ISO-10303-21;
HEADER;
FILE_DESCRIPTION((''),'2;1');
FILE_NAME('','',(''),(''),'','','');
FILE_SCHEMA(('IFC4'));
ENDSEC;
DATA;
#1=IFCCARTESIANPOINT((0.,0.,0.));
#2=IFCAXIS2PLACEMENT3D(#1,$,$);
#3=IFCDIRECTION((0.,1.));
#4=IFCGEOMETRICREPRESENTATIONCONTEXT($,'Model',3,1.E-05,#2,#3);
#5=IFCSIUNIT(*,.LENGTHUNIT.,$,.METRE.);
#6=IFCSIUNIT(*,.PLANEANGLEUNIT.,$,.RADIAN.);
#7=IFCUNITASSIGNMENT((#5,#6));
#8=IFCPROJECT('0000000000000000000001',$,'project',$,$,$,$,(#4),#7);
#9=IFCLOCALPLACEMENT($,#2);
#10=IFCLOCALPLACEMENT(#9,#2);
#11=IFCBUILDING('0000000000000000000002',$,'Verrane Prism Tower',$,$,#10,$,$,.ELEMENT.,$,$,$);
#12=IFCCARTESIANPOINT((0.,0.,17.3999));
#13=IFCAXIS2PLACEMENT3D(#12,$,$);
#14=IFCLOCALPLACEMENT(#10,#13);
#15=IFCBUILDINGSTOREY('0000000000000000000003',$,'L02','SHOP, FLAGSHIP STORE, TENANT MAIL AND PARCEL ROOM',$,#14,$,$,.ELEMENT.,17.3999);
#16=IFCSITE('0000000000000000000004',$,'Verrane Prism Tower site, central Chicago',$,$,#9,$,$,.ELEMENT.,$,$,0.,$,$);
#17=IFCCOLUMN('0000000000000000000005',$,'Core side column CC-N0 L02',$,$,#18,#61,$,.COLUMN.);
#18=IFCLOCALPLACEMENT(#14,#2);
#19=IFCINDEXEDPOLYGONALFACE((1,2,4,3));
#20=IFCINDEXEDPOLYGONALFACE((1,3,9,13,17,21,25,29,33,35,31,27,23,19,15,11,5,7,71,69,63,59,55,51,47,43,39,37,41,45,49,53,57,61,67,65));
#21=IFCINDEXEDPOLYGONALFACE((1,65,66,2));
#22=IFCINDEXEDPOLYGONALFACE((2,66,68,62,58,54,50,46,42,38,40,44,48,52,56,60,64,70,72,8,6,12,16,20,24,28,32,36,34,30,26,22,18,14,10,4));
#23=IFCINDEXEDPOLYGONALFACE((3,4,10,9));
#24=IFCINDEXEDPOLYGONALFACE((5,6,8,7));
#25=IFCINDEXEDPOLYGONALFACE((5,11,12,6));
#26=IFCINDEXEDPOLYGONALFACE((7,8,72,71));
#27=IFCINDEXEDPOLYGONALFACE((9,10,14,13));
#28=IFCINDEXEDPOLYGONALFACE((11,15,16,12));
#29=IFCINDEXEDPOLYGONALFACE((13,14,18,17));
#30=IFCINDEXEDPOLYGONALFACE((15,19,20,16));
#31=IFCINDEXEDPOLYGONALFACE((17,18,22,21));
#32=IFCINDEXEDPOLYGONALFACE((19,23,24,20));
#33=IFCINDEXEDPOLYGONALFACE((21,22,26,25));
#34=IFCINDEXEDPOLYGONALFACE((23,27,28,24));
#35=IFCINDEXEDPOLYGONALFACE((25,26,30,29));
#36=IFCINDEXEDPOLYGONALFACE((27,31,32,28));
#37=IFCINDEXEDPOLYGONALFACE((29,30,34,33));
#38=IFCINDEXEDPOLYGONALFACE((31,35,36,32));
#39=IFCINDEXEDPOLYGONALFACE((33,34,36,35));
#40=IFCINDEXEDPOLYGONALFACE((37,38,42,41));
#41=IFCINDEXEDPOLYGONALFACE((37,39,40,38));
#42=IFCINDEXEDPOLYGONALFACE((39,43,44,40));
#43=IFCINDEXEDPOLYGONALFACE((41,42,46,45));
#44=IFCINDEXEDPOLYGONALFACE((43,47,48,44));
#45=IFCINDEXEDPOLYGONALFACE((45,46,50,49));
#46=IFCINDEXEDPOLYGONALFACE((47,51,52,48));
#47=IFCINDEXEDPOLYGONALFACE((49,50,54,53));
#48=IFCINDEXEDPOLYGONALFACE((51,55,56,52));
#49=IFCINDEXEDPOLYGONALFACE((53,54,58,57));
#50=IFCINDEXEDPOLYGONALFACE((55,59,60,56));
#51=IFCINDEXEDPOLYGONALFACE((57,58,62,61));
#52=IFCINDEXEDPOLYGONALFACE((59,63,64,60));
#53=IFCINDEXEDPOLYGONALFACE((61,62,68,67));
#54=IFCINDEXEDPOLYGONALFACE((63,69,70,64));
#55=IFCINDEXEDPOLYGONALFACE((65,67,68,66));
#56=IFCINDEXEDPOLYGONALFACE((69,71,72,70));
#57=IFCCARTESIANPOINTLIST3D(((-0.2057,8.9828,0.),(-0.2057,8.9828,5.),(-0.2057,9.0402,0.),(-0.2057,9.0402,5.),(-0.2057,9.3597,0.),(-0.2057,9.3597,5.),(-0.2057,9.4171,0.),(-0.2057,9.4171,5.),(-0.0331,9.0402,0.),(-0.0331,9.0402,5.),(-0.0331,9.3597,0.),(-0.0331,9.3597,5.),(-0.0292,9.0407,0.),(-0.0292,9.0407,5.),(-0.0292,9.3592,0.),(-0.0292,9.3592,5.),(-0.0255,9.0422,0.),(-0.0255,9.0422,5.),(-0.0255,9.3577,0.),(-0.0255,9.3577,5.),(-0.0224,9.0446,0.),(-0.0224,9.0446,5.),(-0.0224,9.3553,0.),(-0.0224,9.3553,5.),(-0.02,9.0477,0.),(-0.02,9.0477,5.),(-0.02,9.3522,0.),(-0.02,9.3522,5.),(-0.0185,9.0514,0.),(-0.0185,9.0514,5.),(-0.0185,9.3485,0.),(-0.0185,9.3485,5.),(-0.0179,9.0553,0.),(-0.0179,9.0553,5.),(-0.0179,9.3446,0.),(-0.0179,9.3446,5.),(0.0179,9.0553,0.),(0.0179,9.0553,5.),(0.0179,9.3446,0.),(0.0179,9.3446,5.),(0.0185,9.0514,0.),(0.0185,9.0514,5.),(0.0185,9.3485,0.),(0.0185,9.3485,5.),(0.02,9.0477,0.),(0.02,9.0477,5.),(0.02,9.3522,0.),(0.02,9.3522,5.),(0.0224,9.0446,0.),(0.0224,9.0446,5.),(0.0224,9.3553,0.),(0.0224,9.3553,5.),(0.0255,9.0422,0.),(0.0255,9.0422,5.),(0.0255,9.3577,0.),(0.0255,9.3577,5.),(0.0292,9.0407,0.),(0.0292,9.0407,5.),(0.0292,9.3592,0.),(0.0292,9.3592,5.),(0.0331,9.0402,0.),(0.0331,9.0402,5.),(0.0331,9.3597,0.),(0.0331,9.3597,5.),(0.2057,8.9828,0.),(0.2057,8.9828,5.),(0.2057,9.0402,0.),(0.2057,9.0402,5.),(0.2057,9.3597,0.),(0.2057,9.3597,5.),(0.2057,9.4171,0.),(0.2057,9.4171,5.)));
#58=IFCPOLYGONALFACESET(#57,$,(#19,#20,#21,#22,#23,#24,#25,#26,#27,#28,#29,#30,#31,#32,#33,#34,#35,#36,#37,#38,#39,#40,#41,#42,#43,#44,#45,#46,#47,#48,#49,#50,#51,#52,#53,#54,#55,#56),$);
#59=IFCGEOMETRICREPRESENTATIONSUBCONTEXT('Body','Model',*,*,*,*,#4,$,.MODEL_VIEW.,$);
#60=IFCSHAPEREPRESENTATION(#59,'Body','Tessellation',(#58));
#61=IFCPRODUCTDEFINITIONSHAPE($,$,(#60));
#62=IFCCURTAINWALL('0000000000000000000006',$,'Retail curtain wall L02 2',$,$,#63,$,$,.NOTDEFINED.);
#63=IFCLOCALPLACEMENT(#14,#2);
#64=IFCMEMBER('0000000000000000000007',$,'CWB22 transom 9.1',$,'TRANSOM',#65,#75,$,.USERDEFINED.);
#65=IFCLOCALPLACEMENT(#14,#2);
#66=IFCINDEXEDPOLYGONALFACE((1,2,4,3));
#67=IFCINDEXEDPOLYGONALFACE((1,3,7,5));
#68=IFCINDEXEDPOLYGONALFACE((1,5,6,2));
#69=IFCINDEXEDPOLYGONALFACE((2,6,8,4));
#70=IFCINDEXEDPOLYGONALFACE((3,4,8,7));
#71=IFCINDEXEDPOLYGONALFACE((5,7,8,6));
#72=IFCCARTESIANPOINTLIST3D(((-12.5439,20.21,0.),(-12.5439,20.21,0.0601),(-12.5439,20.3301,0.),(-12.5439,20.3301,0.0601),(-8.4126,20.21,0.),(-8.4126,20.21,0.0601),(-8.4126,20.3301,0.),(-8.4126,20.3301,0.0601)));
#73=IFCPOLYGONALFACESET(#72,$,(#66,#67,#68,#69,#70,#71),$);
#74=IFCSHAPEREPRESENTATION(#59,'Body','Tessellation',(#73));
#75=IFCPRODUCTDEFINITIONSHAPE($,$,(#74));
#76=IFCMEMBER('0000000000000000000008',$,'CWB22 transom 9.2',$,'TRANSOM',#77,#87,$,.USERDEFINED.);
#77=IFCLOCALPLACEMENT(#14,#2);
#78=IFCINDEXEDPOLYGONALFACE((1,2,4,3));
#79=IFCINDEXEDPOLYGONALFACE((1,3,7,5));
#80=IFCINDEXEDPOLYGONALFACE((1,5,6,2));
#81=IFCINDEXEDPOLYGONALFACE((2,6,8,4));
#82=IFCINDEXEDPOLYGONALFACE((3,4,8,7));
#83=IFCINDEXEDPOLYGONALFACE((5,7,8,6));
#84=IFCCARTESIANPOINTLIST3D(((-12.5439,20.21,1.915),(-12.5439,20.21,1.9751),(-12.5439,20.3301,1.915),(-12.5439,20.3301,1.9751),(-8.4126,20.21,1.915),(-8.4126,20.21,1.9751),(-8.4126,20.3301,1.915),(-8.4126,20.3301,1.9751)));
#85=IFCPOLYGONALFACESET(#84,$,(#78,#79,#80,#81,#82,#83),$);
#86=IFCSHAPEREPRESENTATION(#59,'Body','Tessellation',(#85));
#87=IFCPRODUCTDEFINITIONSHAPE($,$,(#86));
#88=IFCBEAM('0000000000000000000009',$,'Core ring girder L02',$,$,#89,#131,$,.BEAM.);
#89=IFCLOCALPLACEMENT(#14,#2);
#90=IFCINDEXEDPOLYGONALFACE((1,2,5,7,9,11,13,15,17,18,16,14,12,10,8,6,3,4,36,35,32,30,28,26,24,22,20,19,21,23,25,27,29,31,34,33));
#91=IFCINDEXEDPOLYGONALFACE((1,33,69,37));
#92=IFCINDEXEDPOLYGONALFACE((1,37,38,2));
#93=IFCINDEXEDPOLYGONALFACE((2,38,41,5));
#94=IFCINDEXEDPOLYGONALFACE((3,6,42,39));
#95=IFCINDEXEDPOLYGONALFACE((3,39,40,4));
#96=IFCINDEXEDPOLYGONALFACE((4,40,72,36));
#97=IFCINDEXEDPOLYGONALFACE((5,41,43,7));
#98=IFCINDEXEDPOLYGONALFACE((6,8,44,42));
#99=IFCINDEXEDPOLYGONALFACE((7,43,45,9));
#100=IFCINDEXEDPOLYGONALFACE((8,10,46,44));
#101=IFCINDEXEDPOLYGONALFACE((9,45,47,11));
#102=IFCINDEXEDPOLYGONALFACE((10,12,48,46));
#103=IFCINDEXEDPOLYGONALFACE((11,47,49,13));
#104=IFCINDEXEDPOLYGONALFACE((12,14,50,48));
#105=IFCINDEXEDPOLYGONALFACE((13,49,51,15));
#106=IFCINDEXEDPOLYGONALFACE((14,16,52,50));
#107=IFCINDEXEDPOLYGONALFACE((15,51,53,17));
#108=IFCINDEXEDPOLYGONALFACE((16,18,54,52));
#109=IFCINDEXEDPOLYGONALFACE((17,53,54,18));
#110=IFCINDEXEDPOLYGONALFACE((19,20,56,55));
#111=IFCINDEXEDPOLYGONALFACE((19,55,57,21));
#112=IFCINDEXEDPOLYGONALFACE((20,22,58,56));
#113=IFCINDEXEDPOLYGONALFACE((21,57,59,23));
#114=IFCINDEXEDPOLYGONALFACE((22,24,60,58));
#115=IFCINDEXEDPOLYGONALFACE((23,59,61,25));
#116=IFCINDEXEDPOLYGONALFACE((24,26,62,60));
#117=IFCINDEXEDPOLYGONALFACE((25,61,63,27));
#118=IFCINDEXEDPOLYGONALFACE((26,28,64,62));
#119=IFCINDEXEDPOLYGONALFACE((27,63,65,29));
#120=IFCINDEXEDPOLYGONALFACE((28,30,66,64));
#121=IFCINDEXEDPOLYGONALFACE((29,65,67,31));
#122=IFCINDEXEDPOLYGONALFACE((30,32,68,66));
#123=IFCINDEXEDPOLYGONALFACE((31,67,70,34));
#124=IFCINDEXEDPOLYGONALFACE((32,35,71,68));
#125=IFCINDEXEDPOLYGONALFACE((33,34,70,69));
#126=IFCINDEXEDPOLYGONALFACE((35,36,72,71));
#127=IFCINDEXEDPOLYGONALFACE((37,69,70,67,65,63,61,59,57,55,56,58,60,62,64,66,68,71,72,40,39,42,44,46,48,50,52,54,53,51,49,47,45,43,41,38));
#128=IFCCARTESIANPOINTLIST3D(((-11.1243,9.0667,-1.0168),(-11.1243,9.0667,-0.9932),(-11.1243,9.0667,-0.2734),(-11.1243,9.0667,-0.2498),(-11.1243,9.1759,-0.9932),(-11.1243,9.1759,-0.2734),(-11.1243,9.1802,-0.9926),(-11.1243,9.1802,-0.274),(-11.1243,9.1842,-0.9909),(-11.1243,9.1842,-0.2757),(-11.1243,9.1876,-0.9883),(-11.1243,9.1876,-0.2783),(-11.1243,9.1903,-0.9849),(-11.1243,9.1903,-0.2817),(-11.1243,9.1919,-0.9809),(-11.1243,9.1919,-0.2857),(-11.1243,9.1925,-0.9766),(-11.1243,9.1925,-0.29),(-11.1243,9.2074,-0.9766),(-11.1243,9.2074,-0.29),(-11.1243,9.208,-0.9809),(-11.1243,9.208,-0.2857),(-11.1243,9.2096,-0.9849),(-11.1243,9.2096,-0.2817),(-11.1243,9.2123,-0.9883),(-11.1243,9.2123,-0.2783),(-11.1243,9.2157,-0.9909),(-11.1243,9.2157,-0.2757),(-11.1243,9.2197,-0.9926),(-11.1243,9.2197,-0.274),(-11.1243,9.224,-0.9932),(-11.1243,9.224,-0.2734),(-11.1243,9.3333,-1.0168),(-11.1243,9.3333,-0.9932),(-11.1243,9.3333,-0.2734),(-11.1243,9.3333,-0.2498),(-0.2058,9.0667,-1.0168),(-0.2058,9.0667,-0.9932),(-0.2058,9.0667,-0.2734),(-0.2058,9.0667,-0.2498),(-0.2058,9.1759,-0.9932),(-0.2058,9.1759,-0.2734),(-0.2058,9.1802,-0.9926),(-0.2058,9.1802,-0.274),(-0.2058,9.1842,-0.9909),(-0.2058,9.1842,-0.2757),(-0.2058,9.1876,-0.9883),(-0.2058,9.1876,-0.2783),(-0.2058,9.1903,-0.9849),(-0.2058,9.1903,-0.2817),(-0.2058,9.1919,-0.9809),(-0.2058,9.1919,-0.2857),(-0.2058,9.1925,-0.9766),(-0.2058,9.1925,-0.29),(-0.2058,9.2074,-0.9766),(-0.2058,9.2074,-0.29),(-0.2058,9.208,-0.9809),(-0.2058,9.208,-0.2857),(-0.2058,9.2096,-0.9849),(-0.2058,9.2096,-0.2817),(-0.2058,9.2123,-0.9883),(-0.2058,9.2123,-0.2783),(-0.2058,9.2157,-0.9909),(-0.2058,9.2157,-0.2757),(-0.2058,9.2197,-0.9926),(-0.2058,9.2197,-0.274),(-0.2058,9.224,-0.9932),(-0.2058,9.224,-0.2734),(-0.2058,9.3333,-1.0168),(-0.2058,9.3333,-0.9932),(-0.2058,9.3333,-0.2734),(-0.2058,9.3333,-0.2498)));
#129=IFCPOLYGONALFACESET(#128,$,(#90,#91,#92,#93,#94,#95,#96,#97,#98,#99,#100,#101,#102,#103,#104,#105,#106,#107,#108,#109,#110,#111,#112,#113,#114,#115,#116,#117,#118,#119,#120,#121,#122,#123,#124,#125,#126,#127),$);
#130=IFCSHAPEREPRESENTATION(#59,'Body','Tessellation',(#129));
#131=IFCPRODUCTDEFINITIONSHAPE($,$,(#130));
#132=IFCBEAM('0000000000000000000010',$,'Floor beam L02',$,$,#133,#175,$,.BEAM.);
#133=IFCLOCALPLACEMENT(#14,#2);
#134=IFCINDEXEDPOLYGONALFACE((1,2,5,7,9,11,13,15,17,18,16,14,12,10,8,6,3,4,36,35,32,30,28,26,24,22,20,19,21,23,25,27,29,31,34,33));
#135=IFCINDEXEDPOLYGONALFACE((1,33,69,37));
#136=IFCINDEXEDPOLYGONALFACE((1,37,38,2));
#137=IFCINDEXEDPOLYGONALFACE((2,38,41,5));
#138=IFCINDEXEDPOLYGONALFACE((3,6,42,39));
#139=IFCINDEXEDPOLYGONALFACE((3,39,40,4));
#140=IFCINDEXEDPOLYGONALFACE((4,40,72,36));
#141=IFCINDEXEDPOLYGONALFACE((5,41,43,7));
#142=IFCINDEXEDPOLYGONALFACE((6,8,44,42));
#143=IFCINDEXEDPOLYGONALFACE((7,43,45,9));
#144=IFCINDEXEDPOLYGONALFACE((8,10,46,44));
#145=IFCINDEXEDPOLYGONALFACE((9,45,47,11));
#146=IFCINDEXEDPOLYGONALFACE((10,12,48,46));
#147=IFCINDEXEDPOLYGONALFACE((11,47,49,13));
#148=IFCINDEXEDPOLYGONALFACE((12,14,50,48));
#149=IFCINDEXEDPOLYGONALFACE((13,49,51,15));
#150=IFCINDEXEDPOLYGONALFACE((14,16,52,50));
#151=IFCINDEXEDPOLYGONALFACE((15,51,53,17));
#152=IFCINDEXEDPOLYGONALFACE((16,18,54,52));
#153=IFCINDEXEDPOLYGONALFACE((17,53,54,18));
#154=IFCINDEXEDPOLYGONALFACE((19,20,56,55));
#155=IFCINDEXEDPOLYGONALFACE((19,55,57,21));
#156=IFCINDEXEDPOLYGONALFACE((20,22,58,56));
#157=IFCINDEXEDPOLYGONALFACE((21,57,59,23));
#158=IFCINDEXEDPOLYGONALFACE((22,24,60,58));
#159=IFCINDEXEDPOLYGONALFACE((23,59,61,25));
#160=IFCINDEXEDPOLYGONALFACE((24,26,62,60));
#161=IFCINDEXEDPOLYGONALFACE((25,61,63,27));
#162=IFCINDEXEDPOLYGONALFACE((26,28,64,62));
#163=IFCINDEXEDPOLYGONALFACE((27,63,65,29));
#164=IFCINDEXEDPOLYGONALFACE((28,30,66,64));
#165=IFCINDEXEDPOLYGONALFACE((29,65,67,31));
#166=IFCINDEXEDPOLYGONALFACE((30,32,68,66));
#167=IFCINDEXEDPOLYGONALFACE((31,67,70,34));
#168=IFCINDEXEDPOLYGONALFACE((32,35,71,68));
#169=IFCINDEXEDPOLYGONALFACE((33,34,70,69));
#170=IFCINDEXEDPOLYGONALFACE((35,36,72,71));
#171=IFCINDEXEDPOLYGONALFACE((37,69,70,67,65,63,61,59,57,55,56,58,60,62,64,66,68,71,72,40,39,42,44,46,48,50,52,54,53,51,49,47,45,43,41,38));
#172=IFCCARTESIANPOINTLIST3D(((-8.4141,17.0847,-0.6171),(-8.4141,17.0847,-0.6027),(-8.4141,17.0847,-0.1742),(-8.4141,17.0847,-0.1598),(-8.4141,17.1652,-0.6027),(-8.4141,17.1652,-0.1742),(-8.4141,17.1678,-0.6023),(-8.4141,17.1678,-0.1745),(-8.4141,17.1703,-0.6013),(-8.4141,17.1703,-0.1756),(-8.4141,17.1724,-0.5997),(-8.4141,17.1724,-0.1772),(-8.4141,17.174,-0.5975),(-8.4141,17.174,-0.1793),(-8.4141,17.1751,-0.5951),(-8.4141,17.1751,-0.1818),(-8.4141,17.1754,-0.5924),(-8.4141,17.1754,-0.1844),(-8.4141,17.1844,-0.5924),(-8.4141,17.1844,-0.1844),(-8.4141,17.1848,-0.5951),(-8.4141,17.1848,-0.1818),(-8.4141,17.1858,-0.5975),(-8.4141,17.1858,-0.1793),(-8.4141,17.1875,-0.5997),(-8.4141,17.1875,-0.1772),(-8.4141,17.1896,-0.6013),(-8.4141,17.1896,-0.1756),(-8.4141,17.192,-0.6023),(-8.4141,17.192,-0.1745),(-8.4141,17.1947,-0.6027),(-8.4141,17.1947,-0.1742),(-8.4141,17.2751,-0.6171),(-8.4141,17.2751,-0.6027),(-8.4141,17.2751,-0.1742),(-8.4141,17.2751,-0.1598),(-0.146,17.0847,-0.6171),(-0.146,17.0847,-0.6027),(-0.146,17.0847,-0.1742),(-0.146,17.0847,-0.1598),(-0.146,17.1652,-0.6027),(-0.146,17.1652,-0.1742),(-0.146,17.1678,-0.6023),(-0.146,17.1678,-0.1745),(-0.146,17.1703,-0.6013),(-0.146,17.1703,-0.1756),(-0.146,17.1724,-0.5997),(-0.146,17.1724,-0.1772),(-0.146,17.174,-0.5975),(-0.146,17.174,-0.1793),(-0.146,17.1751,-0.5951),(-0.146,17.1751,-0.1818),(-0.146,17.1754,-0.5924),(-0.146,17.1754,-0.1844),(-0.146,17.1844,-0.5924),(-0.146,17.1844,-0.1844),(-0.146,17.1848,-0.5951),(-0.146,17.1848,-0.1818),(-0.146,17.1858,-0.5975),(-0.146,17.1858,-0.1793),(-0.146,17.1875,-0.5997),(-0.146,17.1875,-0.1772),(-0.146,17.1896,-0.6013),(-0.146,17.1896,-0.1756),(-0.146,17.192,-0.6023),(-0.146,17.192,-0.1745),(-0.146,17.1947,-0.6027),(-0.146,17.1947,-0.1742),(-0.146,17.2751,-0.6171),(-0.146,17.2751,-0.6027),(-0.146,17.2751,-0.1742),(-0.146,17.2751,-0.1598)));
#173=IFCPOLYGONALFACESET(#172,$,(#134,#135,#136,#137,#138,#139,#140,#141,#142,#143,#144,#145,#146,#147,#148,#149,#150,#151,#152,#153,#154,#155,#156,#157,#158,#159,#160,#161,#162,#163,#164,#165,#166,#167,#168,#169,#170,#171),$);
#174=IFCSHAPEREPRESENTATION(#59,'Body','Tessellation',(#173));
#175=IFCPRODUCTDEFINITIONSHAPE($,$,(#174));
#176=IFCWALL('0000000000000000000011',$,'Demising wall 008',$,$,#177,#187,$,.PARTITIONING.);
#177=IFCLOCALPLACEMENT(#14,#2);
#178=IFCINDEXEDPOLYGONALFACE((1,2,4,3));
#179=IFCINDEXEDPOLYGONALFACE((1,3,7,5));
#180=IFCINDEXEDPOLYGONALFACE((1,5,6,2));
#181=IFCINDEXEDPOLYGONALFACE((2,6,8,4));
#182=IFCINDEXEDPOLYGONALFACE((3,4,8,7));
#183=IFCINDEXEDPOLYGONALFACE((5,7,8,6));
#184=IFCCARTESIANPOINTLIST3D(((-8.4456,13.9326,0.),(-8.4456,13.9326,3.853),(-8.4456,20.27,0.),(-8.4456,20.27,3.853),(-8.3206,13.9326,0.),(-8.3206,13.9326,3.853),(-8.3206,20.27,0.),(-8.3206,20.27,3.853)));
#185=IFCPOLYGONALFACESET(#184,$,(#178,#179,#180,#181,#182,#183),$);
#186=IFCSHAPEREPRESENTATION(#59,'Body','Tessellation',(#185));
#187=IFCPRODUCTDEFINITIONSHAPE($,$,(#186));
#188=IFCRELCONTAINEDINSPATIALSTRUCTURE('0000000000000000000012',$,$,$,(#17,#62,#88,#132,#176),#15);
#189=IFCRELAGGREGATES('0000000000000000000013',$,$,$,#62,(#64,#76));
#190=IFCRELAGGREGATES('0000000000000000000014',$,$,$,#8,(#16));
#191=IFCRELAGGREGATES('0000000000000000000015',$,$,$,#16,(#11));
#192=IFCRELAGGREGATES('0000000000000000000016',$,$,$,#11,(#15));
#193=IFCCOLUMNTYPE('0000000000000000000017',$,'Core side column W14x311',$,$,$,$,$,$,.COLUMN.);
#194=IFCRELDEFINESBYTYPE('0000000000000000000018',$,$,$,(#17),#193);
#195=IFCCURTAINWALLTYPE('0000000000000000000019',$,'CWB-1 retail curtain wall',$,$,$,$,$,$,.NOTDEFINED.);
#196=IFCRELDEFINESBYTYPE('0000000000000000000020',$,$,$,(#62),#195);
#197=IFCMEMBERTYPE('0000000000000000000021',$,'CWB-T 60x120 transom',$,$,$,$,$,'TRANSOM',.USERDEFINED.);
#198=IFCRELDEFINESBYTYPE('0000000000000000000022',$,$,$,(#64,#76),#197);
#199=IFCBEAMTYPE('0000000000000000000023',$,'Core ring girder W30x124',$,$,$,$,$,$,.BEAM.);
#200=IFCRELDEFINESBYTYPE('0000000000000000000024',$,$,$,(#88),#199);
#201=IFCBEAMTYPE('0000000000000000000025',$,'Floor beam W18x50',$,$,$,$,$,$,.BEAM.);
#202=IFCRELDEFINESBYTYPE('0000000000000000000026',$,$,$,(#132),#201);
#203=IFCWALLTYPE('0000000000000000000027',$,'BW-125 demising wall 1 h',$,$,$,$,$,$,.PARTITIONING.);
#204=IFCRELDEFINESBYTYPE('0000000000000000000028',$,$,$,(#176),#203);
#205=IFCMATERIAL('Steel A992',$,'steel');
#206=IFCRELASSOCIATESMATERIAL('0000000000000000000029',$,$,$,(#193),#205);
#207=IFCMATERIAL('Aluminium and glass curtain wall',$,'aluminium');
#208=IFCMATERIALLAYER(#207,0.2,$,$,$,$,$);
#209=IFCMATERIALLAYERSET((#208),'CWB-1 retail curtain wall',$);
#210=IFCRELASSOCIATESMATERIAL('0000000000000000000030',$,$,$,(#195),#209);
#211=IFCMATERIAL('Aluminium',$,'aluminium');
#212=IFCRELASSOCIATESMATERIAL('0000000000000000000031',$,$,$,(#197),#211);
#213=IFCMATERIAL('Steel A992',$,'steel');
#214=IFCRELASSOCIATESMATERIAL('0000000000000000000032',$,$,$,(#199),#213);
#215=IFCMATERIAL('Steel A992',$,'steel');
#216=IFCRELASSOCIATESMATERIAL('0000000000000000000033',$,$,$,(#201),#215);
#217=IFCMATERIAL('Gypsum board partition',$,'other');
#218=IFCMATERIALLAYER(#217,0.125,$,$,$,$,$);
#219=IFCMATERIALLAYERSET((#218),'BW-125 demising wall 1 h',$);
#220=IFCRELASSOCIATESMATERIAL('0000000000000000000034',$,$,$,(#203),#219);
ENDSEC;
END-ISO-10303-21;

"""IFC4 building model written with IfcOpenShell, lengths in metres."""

from ifc_helpers import new_model, si_unit, direction, frame, frame_2d, origin, origin_2d, place, context, subcontext, project, spatial, rectangle, i_section, extrude, material, layer, layer_set, material_profile, profile_set, type_object, element, aggregate, save


model = new_model("IFC4")

# Units and contexts
model_context = context("Model", 3, precision=1e-05, world=origin(), true_north=direction((0.0, 1.0)))
body_context = subcontext(model_context, "Body", "Model", "MODEL_VIEW")
ifc_project = project(units=[si_unit("LENGTHUNIT", "METRE"), si_unit("PLANEANGLEUNIT", "RADIAN")], contexts=[model_context])

# Site, building, storey
site_placement = place(None, origin())
site = spatial("IfcSite", under=ifc_project, at=site_placement, Name="Verrane Prism Tower site, central Chicago", CompositionType="ELEMENT", RefElevation=0.0)
building_placement = place(site_placement, origin())
building = spatial("IfcBuilding", under=site, at=building_placement, Name="Verrane Prism Tower", CompositionType="ELEMENT")
storey_placement = place(building_placement, frame((0.0, 0.0, 17.3999)))
storey = spatial("IfcBuildingStorey", under=building, at=storey_placement, Name="L02", Description="SHOP, FLAGSHIP STORE, TENANT MAIL AND PARCEL ROOM", CompositionType="ELEMENT", Elevation=17.3999)

# Column
ifc_material_1 = material(Name="Steel A992", Category="steel")
ifc_material_profile_1 = material_profile(ifc_material_1, i_section(OverallWidth=0.4114, OverallDepth=0.4343, WebThickness=0.0359, FlangeThickness=0.0574, FilletRadius=0.0151, at=origin_2d()), Name="W14x311")
ifc_profile_set_1 = profile_set([ifc_material_profile_1], Name="Steel A992")
column_type = type_object("IfcColumnType", Name="Core side column W14x311", PredefinedType="COLUMN", material=ifc_profile_set_1)
column_placement = place(storey_placement, frame((0.0, 9.2, 0.0), z_axis=(0.0, 0.0, 1.0), x_axis=(1.0, 0.0, 0.0)))
element("IfcColumn", 1, at=column_placement, inside=storey, type_object=column_type, Name="Core side column CC-N0 L02", PredefinedType="COLUMN", context=body_context, shape_type="SweptSolid", body=[
    extrude(i_section(OverallWidth=0.4114, OverallDepth=0.4343, WebThickness=0.0359, FlangeThickness=0.0574, FilletRadius=0.0151, at=origin_2d()), origin(), (0.0, 0.0, 1.0), 5.0),
])

# Curtain wall, members
ifc_material_2 = material(Name="Aluminium and glass curtain wall", Category="aluminium")
ifc_layer_1 = layer(ifc_material_2, 0.2)
ifc_layer_set_1 = layer_set([ifc_layer_1], Name="CWB-1 retail curtain wall")
curtain_wall_type = type_object("IfcCurtainWallType", Name="CWB-1 retail curtain wall", PredefinedType="NOTDEFINED", material=ifc_layer_set_1)
curtain_wall_placement = place(storey_placement, origin())
curtain_wall = element("IfcCurtainWall", 2, at=curtain_wall_placement, inside=storey, type_object=curtain_wall_type, Name="Retail curtain wall L02 2", PredefinedType="NOTDEFINED")
ifc_material_3 = material(Name="Aluminium", Category="aluminium")
ifc_material_profile_2 = material_profile(ifc_material_3, rectangle(XDim=0.1201, YDim=0.0601, at=origin_2d()), Name="CWB-T 60x120 transom")
ifc_profile_set_2 = profile_set([ifc_material_profile_2], Name="Aluminium")
member_type = type_object("IfcMemberType", Name="CWB-T 60x120 transom", ElementType="TRANSOM", PredefinedType="USERDEFINED", material=ifc_profile_set_2)
member_1_placement = place(storey_placement, frame((-8.4126, 20.27, 0.03), z_axis=(-1.0, 0.0, 0.0), x_axis=(0.0, -1.0, 0.0)))
member_1 = element("IfcMember", 3, at=member_1_placement, type_object=member_type, Name="CWB22 transom 9.1", ObjectType="TRANSOM", PredefinedType="USERDEFINED", context=body_context, shape_type="SweptSolid", body=[
    extrude(rectangle(XDim=0.1201, YDim=0.0601, at=origin_2d()), origin(), (0.0, 0.0, 1.0), 4.1313),
])
member_2_placement = place(storey_placement, frame((-8.4126, 20.27, 1.9451), z_axis=(-1.0, 0.0, 0.0), x_axis=(0.0, -1.0, 0.0)))
member_2 = element("IfcMember", 4, at=member_2_placement, type_object=member_type, Name="CWB22 transom 9.2", ObjectType="TRANSOM", PredefinedType="USERDEFINED", context=body_context, shape_type="SweptSolid", body=[
    extrude(rectangle(XDim=0.1201, YDim=0.0601, at=origin_2d()), origin(), (0.0, 0.0, 1.0), 4.1313),
])
aggregate(curtain_wall, [member_1, member_2])

# Beams
ifc_material_4 = material(Name="Steel A992", Category="steel")
ifc_material_profile_3 = material_profile(ifc_material_4, i_section(OverallWidth=0.2666, OverallDepth=0.7671, WebThickness=0.0149, FlangeThickness=0.0237, FilletRadius=0.0166, at=origin_2d()), Name="W30x124")
ifc_profile_set_3 = profile_set([ifc_material_profile_3], Name="Steel A992")
beam_type_1 = type_object("IfcBeamType", Name="Core ring girder W30x124", PredefinedType="BEAM", material=ifc_profile_set_3)
beam_1_placement = place(storey_placement, frame((-0.2058, 9.2, -0.6333), z_axis=(-1.0, 0.0, 0.0), x_axis=(0.0, -1.0, 0.0)))
element("IfcBeam", 5, at=beam_1_placement, inside=storey, type_object=beam_type_1, Name="Core ring girder L02", PredefinedType="BEAM", context=body_context, shape_type="SweptSolid", body=[
    extrude(i_section(OverallWidth=0.2666, OverallDepth=0.7671, WebThickness=0.0149, FlangeThickness=0.0237, FilletRadius=0.0166, at=origin_2d()), origin(), (0.0, 0.0, 1.0), 10.9185),
])
ifc_material_5 = material(Name="Steel A992", Category="steel")
ifc_material_profile_4 = material_profile(ifc_material_5, i_section(OverallWidth=0.1904, OverallDepth=0.4573, WebThickness=0.009, FlangeThickness=0.0144, FilletRadius=0.0103, at=origin_2d()), Name="W18x50")
ifc_profile_set_4 = profile_set([ifc_material_profile_4], Name="Steel A992")
beam_type_2 = type_object("IfcBeamType", Name="Floor beam W18x50", PredefinedType="BEAM", material=ifc_profile_set_4)
beam_2_placement = place(storey_placement, frame((-8.4141, 17.1799, -0.3884), z_axis=(1.0, 0.0, 0.0), x_axis=(0.0, 1.0, 0.0)))
element("IfcBeam", 6, at=beam_2_placement, inside=storey, type_object=beam_type_2, Name="Floor beam L02", PredefinedType="BEAM", context=body_context, shape_type="SweptSolid", body=[
    extrude(i_section(OverallWidth=0.1904, OverallDepth=0.4573, WebThickness=0.009, FlangeThickness=0.0144, FilletRadius=0.0103, at=origin_2d()), origin(), (0.0, 0.0, 1.0), 8.2681),
])

# Wall
ifc_material_6 = material(Name="Gypsum board partition", Category="other")
ifc_layer_2 = layer(ifc_material_6, 0.125)
ifc_layer_set_2 = layer_set([ifc_layer_2], Name="BW-125 demising wall 1 h")
wall_type_1 = type_object("IfcWallType", Name="BW-125 demising wall 1 h", PredefinedType="PARTITIONING", material=ifc_layer_set_2)
wall_1_placement = place(storey_placement, frame((-8.3831, 13.9326, 0.0), z_axis=(0.0, 0.0, 1.0), x_axis=(0.0, 1.0, 0.0)))
element("IfcWall", 7, at=wall_1_placement, inside=storey, type_object=wall_type_1, Name="Demising wall 008", PredefinedType="PARTITIONING", context=body_context, shape_type="SweptSolid", body=[
    extrude(rectangle(XDim=6.3374, YDim=0.125, at=frame_2d((3.1687, 0.0))), origin(), (0.0, 0.0, 1.0), 3.853),
])

save(model, "model.ifc")
